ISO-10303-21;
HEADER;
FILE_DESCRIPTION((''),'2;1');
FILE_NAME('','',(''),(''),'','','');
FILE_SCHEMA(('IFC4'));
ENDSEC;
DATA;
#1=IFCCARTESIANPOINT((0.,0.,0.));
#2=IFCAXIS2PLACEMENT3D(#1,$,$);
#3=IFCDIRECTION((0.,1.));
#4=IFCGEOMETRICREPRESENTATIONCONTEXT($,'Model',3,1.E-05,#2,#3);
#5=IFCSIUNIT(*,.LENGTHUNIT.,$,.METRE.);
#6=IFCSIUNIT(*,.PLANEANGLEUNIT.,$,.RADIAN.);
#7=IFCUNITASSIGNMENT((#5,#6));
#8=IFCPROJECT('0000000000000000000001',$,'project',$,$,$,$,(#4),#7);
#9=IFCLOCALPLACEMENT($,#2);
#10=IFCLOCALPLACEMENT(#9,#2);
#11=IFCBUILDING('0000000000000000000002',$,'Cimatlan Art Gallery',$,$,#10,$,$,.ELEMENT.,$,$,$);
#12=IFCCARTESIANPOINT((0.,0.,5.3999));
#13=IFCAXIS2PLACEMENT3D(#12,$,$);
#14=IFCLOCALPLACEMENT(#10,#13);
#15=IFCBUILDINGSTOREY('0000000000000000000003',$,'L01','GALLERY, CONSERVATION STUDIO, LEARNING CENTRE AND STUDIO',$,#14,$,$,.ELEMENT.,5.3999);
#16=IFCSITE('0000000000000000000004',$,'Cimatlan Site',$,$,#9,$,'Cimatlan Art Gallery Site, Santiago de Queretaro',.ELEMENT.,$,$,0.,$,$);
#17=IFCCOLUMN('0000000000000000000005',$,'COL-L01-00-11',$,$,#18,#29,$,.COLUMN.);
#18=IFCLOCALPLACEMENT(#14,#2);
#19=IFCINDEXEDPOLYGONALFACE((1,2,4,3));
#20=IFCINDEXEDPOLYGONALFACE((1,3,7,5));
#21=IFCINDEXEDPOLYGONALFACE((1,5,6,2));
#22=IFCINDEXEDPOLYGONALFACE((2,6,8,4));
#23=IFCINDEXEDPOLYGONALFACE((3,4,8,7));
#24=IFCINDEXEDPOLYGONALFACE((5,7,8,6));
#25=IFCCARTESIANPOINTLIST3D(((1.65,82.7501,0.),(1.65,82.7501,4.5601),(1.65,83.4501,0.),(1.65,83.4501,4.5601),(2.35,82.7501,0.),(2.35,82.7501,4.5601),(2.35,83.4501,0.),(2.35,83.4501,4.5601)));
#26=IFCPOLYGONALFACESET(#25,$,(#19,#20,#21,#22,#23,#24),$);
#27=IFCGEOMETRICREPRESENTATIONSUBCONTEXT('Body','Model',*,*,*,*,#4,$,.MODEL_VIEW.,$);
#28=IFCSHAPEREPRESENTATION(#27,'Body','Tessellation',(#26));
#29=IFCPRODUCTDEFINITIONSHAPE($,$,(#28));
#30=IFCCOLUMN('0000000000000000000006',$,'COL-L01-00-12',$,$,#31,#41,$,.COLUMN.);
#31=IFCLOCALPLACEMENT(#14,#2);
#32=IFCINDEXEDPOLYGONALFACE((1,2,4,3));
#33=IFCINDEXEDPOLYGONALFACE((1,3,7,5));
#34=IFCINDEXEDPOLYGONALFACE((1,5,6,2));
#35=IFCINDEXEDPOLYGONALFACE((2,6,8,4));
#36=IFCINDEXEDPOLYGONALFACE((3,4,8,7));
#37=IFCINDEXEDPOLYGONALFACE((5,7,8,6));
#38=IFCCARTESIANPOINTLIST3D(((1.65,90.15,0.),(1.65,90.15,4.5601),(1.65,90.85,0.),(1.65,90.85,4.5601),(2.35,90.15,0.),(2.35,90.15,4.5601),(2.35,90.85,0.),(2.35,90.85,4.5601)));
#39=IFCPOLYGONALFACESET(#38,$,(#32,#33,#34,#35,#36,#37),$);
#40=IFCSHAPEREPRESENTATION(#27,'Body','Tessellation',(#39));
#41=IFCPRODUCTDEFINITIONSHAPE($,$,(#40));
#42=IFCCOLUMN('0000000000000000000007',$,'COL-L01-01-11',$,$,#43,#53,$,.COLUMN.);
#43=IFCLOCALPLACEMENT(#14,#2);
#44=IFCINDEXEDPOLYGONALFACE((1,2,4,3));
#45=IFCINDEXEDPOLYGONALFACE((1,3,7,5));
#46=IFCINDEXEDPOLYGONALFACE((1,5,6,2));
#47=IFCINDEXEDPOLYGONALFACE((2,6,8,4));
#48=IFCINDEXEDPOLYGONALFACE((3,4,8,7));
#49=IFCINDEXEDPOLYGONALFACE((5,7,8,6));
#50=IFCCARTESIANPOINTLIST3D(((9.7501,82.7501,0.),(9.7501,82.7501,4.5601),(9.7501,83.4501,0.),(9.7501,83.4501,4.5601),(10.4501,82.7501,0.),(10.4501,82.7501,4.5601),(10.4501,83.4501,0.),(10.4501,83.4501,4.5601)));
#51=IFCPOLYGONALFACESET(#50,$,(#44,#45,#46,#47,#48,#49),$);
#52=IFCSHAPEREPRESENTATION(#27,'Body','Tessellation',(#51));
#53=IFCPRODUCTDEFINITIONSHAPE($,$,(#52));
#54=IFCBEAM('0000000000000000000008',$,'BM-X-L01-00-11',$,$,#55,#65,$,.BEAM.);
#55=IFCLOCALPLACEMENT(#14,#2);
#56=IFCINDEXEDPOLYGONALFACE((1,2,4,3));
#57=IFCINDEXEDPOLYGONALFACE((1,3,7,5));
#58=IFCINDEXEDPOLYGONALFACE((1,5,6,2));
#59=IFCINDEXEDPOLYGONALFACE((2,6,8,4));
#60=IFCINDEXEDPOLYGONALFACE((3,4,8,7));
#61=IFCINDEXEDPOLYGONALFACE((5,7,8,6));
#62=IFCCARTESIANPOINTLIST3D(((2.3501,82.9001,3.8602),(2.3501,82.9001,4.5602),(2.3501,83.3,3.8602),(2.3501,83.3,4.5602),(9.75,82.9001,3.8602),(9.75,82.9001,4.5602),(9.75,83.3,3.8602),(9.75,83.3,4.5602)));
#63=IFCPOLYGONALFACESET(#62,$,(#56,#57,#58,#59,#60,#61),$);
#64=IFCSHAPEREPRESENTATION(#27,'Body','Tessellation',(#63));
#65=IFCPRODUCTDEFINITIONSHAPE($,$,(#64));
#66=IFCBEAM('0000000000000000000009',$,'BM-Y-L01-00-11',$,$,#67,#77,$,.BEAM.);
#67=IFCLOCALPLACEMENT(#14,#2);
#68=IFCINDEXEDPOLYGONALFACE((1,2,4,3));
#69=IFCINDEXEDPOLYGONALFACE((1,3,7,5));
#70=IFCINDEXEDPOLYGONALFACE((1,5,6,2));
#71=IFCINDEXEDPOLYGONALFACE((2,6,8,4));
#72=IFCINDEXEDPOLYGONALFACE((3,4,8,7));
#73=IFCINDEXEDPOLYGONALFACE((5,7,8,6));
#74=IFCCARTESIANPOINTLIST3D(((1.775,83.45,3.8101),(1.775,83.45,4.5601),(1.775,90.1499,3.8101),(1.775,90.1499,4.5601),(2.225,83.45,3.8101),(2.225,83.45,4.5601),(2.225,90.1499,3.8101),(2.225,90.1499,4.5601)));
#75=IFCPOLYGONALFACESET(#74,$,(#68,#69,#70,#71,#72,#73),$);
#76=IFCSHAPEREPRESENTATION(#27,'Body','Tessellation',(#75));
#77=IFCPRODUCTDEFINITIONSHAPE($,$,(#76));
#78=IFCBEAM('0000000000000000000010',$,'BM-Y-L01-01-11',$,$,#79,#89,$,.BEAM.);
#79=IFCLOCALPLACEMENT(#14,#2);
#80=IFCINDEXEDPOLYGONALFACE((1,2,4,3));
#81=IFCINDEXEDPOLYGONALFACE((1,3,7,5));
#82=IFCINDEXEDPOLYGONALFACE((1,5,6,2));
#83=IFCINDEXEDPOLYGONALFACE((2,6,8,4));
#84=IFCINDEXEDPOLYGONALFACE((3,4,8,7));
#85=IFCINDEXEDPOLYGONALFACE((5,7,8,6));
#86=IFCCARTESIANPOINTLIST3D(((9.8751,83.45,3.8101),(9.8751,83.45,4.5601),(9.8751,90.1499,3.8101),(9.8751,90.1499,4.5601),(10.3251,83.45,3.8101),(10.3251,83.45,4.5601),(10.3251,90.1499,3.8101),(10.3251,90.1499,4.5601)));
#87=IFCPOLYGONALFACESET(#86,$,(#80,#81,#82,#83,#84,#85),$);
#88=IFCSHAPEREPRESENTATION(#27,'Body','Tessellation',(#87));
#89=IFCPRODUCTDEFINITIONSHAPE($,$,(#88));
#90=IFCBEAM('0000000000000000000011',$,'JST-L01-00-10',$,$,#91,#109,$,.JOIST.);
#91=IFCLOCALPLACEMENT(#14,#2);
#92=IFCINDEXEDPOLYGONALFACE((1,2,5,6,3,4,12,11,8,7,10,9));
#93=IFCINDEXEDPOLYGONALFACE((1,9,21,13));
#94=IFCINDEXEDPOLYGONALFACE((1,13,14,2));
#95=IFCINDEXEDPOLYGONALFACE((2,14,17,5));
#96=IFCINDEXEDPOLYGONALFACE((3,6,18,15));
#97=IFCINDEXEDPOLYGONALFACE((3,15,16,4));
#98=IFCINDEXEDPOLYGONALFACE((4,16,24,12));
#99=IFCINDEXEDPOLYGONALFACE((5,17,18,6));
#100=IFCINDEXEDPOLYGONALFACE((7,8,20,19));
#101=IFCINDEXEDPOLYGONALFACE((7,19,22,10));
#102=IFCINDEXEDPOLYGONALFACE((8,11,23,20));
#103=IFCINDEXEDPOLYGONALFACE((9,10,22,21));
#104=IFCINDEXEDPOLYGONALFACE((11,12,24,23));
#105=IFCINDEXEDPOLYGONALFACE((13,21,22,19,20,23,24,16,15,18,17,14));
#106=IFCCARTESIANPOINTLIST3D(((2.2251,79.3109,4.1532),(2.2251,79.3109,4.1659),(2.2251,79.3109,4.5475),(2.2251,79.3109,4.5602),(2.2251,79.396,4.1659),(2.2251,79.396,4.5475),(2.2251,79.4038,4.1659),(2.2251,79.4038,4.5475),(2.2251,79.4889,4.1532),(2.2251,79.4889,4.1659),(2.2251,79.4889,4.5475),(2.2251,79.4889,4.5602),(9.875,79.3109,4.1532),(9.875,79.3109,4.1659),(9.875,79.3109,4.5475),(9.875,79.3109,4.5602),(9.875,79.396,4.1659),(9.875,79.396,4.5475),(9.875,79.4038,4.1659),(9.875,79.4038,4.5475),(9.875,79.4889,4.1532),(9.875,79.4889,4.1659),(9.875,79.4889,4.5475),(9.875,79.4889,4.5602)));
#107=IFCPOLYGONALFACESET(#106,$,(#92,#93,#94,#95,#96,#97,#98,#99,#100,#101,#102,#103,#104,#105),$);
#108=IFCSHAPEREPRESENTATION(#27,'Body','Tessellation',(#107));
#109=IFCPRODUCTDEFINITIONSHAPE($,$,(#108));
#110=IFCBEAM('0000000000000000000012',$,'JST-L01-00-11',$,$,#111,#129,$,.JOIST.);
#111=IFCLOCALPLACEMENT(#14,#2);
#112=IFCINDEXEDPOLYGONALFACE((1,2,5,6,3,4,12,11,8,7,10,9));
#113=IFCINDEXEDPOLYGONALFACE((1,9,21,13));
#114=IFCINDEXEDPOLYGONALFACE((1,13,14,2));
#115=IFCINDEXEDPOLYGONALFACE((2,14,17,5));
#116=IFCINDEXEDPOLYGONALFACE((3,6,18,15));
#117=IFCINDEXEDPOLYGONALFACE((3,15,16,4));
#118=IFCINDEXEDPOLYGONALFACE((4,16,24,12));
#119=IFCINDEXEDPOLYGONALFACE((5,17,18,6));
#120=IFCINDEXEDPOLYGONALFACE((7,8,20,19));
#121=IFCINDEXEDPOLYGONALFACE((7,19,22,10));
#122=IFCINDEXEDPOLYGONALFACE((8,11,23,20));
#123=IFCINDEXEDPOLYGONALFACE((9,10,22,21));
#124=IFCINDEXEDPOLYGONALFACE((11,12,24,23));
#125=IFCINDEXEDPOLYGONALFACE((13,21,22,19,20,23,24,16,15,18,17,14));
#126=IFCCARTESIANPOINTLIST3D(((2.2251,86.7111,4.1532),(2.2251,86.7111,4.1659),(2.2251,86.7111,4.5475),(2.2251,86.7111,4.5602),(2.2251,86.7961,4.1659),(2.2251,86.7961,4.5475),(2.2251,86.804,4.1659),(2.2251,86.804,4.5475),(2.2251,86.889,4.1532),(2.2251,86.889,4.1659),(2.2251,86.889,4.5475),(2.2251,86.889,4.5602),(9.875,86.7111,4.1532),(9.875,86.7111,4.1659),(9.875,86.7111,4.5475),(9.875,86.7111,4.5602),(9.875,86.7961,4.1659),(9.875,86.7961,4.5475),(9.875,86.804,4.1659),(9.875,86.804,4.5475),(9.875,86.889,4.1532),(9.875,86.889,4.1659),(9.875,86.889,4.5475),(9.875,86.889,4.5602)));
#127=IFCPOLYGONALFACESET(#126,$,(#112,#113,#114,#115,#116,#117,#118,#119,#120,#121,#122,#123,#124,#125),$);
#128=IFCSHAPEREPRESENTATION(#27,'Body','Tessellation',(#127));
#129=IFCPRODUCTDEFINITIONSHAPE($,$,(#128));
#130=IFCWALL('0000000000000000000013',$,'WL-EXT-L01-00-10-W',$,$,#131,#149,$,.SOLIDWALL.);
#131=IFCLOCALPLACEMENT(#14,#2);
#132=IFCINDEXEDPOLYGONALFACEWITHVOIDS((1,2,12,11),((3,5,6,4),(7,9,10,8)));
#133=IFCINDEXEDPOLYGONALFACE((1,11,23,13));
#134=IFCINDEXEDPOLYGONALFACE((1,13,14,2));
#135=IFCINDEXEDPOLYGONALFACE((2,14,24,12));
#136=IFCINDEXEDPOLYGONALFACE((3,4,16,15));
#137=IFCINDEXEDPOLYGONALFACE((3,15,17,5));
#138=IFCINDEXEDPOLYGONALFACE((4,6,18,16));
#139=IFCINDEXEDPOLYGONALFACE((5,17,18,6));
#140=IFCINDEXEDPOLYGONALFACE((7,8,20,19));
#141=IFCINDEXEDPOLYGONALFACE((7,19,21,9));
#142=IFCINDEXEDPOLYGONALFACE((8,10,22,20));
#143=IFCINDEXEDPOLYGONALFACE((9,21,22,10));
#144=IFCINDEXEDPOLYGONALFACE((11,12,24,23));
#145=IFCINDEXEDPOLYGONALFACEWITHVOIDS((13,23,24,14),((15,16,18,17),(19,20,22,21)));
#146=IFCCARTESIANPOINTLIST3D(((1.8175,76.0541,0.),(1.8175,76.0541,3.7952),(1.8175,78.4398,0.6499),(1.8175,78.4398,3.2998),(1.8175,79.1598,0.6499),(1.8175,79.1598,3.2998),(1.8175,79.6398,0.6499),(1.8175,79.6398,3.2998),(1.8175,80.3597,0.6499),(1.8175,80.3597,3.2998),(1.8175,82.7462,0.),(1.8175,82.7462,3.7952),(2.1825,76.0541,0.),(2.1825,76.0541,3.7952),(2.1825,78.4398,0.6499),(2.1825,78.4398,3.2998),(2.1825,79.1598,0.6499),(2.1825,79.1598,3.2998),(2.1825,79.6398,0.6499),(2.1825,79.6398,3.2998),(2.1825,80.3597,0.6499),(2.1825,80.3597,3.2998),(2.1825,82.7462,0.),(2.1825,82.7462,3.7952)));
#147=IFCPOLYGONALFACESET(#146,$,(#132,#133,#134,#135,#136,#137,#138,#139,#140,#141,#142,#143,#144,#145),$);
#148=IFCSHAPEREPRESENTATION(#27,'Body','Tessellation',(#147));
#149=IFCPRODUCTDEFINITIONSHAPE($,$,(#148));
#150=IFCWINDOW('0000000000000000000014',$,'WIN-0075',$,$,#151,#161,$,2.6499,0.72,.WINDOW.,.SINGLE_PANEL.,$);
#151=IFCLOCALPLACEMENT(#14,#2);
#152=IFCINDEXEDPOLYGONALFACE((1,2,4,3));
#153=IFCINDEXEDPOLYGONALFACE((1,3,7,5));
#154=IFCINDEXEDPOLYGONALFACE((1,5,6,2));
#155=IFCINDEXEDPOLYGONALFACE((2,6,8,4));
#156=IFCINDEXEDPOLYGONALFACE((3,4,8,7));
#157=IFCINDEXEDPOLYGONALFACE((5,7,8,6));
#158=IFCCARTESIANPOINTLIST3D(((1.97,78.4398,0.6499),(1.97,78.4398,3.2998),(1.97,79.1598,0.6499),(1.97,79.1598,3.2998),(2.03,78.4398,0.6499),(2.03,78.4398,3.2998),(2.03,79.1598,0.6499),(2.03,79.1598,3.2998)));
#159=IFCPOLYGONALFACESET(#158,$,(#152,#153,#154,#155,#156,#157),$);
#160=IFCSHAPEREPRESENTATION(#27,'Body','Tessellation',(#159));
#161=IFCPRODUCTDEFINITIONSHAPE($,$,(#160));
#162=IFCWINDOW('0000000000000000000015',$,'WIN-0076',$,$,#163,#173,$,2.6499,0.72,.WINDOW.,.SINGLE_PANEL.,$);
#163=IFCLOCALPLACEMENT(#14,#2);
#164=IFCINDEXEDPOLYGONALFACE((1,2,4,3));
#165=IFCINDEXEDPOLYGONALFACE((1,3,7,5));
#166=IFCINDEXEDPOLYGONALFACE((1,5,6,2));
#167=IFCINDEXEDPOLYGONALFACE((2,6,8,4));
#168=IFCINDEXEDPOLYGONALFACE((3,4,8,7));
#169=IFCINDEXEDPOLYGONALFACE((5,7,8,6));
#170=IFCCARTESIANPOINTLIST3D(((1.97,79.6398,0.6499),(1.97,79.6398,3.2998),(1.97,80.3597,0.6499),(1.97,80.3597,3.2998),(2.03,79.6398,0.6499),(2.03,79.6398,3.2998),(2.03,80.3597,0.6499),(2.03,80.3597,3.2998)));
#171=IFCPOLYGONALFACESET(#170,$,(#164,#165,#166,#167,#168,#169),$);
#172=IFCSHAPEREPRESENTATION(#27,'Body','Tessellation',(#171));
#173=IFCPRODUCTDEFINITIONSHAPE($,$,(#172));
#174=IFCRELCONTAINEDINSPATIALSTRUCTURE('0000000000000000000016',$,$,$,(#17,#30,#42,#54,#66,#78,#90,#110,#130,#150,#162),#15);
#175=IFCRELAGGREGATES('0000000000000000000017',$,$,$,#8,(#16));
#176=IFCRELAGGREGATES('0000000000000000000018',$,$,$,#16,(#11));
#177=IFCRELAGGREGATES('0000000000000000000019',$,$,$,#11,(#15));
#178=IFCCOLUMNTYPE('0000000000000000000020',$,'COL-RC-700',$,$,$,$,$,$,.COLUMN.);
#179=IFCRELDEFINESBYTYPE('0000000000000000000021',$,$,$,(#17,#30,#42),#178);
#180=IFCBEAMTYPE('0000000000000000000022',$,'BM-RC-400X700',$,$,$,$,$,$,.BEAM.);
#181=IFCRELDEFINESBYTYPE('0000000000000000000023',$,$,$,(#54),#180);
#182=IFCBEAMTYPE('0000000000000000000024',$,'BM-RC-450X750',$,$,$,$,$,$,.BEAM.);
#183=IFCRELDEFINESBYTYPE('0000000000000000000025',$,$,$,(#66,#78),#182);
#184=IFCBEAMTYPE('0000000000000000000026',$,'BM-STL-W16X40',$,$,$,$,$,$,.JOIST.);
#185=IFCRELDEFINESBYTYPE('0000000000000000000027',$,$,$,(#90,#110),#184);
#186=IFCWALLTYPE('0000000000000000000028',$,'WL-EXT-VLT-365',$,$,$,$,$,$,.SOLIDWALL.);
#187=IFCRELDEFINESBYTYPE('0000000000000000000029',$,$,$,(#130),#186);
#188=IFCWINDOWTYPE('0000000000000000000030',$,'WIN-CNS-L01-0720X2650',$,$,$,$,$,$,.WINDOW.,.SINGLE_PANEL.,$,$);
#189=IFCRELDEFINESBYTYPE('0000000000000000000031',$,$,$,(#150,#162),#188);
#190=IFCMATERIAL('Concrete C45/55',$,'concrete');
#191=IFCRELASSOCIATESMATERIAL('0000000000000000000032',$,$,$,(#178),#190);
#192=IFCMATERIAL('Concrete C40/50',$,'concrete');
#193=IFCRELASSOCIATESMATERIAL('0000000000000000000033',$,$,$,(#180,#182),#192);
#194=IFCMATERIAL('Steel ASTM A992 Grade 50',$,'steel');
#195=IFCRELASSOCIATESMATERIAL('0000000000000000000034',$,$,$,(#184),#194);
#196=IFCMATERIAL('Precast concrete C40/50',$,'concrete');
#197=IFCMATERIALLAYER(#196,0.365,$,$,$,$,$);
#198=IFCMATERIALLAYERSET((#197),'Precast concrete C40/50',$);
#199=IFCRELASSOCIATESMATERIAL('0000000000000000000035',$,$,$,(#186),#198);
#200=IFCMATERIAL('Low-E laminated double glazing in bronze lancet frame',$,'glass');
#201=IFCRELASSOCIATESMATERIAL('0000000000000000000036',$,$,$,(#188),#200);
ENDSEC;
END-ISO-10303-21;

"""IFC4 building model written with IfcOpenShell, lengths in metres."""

from ifc_helpers import new_model, si_unit, direction, frame, frame_2d, origin, origin_2d, place, context, subcontext, project, spatial, rectangle, i_section, extrude, material, layer, layer_set, material_profile, profile_set, type_object, element, fill, save


model = new_model("IFC4")

# Units and contexts
model_context = context("Model", 3, precision=1e-05, world=origin(), true_north=direction((0.0, 1.0)))
body_context = subcontext(model_context, "Body", "Model", "MODEL_VIEW")
ifc_project = project(units=[si_unit("LENGTHUNIT", "METRE"), si_unit("PLANEANGLEUNIT", "RADIAN")], contexts=[model_context])

# Site, building, storey
site_placement = place(None, origin())
site = spatial("IfcSite", under=ifc_project, at=site_placement, Name="Cimatlan Site", LongName="Cimatlan Art Gallery Site, Santiago de Queretaro", CompositionType="ELEMENT", RefElevation=0.0)
building_placement = place(site_placement, origin())
building = spatial("IfcBuilding", under=site, at=building_placement, Name="Cimatlan Art Gallery", CompositionType="ELEMENT")
storey_placement = place(building_placement, frame((0.0, 0.0, 5.3999)))
storey = spatial("IfcBuildingStorey", under=building, at=storey_placement, Name="L01", Description="GALLERY, CONSERVATION STUDIO, LEARNING CENTRE AND STUDIO", CompositionType="ELEMENT", Elevation=5.3999)

# Columns
ifc_material_1 = material(Name="Concrete C45/55", Category="concrete")
ifc_material_profile_1 = material_profile(ifc_material_1, rectangle(XDim=0.7, YDim=0.7, at=origin_2d()), Name="RC700X700")
ifc_profile_set_1 = profile_set([ifc_material_profile_1], Name="Concrete C45/55")
column_type = type_object("IfcColumnType", Name="COL-RC-700", PredefinedType="COLUMN", material=ifc_profile_set_1)
for number, where, z_axis, x_axis, name in (
    (1, (2.0, 83.1001, 0.0), (0.0, 0.0, 1.0), (1.0, 0.0, 0.0), "COL-L01-00-11"),
    (2, (2.0, 90.5, 0.0), (0.0, 0.0, 1.0), (1.0, 0.0, 0.0), "COL-L01-00-12"),
    (3, (10.1001, 83.1001, 0.0), (0.0, 0.0, 1.0), (1.0, 0.0, 0.0), "COL-L01-01-11"),
):
    element("IfcColumn", number, at=place(storey_placement, frame(where, z_axis=z_axis, x_axis=x_axis)), inside=storey, type_object=column_type, Name=name, PredefinedType="COLUMN", context=body_context, shape_type="SweptSolid", body=[
        extrude(rectangle(XDim=0.7, YDim=0.7, at=origin_2d()), origin(), (0.0, 0.0, 1.0), 4.5601),
    ])

# Beams
ifc_material_2 = material(Name="Concrete C40/50", Category="concrete")
ifc_material_profile_2 = material_profile(ifc_material_2, rectangle(XDim=0.3999, YDim=0.7, at=origin_2d()), Name="RC400X700")
ifc_profile_set_2 = profile_set([ifc_material_profile_2], Name="Concrete C40/50")
beam_type_1 = type_object("IfcBeamType", Name="BM-RC-400X700", PredefinedType="BEAM", material=ifc_profile_set_2)
beam_placement = place(storey_placement, frame((2.3501, 83.1001, 4.2102), z_axis=(1.0, 0.0, 0.0), x_axis=(0.0, 1.0, 0.0)))
element("IfcBeam", 4, at=beam_placement, inside=storey, type_object=beam_type_1, Name="BM-X-L01-00-11", PredefinedType="BEAM", context=body_context, shape_type="SweptSolid", body=[
    extrude(rectangle(XDim=0.3999, YDim=0.7, at=origin_2d()), origin(), (0.0, 0.0, 1.0), 7.3999),
])
ifc_material_profile_3 = material_profile(ifc_material_2, rectangle(XDim=0.45, YDim=0.75, at=origin_2d()), Name="RC450X750")
ifc_profile_set_3 = profile_set([ifc_material_profile_3], Name="Concrete C40/50")
beam_type_2 = type_object("IfcBeamType", Name="BM-RC-450X750", PredefinedType="BEAM", material=ifc_profile_set_3)
for number, where, z_axis, x_axis, name in (
    (5, (2.0, 83.45, 4.1851), (0.0, 1.0, 0.0), (-1.0, 0.0, 0.0), "BM-Y-L01-00-11"),
    (6, (10.1001, 83.45, 4.1851), (0.0, 1.0, 0.0), (-1.0, 0.0, 0.0), "BM-Y-L01-01-11"),
):
    element("IfcBeam", number, at=place(storey_placement, frame(where, z_axis=z_axis, x_axis=x_axis)), inside=storey, type_object=beam_type_2, Name=name, PredefinedType="BEAM", context=body_context, shape_type="SweptSolid", body=[
        extrude(rectangle(XDim=0.45, YDim=0.75, at=origin_2d()), origin(), (0.0, 0.0, 1.0), 6.7),
    ])
ifc_material_3 = material(Name="Steel ASTM A992 Grade 50", Category="steel")
ifc_material_profile_4 = material_profile(ifc_material_3, i_section(OverallWidth=0.178, OverallDepth=0.407, WebThickness=0.0078, FlangeThickness=0.0127, at=origin_2d()), Name="W16X40")
ifc_profile_set_4 = profile_set([ifc_material_profile_4], Name="Steel ASTM A992 Grade 50")
beam_type_3 = type_object("IfcBeamType", Name="BM-STL-W16X40", PredefinedType="JOIST", material=ifc_profile_set_4)
for number, where, z_axis, x_axis, name in (
    (7, (2.2251, 79.3999, 4.3567), (1.0, 0.0, 0.0), (0.0, 1.0, 0.0), "JST-L01-00-10"),
    (8, (2.2251, 86.8, 4.3567), (1.0, 0.0, 0.0), (0.0, 1.0, 0.0), "JST-L01-00-11"),
):
    element("IfcBeam", number, at=place(storey_placement, frame(where, z_axis=z_axis, x_axis=x_axis)), inside=storey, type_object=beam_type_3, Name=name, PredefinedType="JOIST", context=body_context, shape_type="SweptSolid", body=[
        extrude(i_section(OverallWidth=0.178, OverallDepth=0.407, WebThickness=0.0078, FlangeThickness=0.0127, at=origin_2d()), origin(), (0.0, 0.0, 1.0), 7.6499),
    ])

# Wall, openings, windows
ifc_material_4 = material(Name="Precast concrete C40/50", Category="concrete")
ifc_layer_1 = layer(ifc_material_4, 0.365)
ifc_layer_set_1 = layer_set([ifc_layer_1], Name="Precast concrete C40/50")
wall_type = type_object("IfcWallType", Name="WL-EXT-VLT-365", PredefinedType="SOLIDWALL", material=ifc_layer_set_1)
wall_1_placement = place(storey_placement, frame((2.0, 76.054, 0.0), z_axis=(0.0, 0.0, 1.0), x_axis=(0.0, 1.0, 0.0)))
wall_1 = element("IfcWall", 9, at=wall_1_placement, inside=storey, type_object=wall_type, Name="WL-EXT-L01-00-10-W", PredefinedType="SOLIDWALL", context=body_context, shape_type="SweptSolid", body=[
    extrude(rectangle(XDim=6.6921, YDim=0.365, at=frame_2d((3.3462, 0.0))), origin(), (0.0, 0.0, 1.0), 3.7952),
])
opening_1_placement = place(wall_1_placement, frame((2.386, 0.0, 0.6499)))
opening_1 = element("IfcOpeningElement", 10, at=opening_1_placement, cuts=wall_1, PredefinedType="OPENING", context=body_context, shape_type="SweptSolid", body=[
    extrude(rectangle(XDim=0.72, YDim=2.6499, at=frame_2d((0.3599, 1.325))), frame((0.0, 0.1924, 0.0), z_axis=(0.0, -1.0, 0.0), x_axis=(1.0, 0.0, 0.0)), (0.0, 0.0, 1.0), 0.385),
])
opening_2_placement = place(wall_1_placement, frame((3.5859, 0.0, 0.6499)))
opening_2 = element("IfcOpeningElement", 11, at=opening_2_placement, cuts=wall_1, PredefinedType="OPENING", context=body_context, shape_type="SweptSolid", body=[
    extrude(rectangle(XDim=0.72, YDim=2.6499, at=frame_2d((0.3599, 1.325))), frame((0.0, 0.1924, 0.0), z_axis=(0.0, -1.0, 0.0), x_axis=(1.0, 0.0, 0.0)), (0.0, 0.0, 1.0), 0.385),
])
ifc_material_5 = material(Name="Low-E laminated double glazing in bronze lancet frame", Category="glass")
window_type = type_object("IfcWindowType", Name="WIN-CNS-L01-0720X2650", PartitioningType="SINGLE_PANEL", PredefinedType="WINDOW", material=ifc_material_5)
window_1_placement = place(opening_1_placement, origin())
window_1 = element("IfcWindow", 12, at=window_1_placement, inside=storey, type_object=window_type, Name="WIN-0075", OverallHeight=2.6499, OverallWidth=0.72, PartitioningType="SINGLE_PANEL", PredefinedType="WINDOW", context=body_context, shape_type="SweptSolid", body=[
    extrude(rectangle(XDim=0.72, YDim=2.6499, at=frame_2d((0.3599, 1.325))), frame((0.0, 0.03, 0.0), z_axis=(0.0, -1.0, 0.0), x_axis=(1.0, 0.0, 0.0)), (0.0, 0.0, 1.0), 0.0601),
])
fill(opening_1, window_1)
window_2_placement = place(opening_2_placement, origin())
window_2 = element("IfcWindow", 13, at=window_2_placement, inside=storey, type_object=window_type, Name="WIN-0076", OverallHeight=2.6499, OverallWidth=0.72, PartitioningType="SINGLE_PANEL", PredefinedType="WINDOW", context=body_context, shape_type="SweptSolid", body=[
    extrude(rectangle(XDim=0.72, YDim=2.6499, at=frame_2d((0.3599, 1.325))), frame((0.0, 0.03, 0.0), z_axis=(0.0, -1.0, 0.0), x_axis=(1.0, 0.0, 0.0)), (0.0, 0.0, 1.0), 0.0601),
])
fill(opening_2, window_2)

save(model, "model.ifc")
